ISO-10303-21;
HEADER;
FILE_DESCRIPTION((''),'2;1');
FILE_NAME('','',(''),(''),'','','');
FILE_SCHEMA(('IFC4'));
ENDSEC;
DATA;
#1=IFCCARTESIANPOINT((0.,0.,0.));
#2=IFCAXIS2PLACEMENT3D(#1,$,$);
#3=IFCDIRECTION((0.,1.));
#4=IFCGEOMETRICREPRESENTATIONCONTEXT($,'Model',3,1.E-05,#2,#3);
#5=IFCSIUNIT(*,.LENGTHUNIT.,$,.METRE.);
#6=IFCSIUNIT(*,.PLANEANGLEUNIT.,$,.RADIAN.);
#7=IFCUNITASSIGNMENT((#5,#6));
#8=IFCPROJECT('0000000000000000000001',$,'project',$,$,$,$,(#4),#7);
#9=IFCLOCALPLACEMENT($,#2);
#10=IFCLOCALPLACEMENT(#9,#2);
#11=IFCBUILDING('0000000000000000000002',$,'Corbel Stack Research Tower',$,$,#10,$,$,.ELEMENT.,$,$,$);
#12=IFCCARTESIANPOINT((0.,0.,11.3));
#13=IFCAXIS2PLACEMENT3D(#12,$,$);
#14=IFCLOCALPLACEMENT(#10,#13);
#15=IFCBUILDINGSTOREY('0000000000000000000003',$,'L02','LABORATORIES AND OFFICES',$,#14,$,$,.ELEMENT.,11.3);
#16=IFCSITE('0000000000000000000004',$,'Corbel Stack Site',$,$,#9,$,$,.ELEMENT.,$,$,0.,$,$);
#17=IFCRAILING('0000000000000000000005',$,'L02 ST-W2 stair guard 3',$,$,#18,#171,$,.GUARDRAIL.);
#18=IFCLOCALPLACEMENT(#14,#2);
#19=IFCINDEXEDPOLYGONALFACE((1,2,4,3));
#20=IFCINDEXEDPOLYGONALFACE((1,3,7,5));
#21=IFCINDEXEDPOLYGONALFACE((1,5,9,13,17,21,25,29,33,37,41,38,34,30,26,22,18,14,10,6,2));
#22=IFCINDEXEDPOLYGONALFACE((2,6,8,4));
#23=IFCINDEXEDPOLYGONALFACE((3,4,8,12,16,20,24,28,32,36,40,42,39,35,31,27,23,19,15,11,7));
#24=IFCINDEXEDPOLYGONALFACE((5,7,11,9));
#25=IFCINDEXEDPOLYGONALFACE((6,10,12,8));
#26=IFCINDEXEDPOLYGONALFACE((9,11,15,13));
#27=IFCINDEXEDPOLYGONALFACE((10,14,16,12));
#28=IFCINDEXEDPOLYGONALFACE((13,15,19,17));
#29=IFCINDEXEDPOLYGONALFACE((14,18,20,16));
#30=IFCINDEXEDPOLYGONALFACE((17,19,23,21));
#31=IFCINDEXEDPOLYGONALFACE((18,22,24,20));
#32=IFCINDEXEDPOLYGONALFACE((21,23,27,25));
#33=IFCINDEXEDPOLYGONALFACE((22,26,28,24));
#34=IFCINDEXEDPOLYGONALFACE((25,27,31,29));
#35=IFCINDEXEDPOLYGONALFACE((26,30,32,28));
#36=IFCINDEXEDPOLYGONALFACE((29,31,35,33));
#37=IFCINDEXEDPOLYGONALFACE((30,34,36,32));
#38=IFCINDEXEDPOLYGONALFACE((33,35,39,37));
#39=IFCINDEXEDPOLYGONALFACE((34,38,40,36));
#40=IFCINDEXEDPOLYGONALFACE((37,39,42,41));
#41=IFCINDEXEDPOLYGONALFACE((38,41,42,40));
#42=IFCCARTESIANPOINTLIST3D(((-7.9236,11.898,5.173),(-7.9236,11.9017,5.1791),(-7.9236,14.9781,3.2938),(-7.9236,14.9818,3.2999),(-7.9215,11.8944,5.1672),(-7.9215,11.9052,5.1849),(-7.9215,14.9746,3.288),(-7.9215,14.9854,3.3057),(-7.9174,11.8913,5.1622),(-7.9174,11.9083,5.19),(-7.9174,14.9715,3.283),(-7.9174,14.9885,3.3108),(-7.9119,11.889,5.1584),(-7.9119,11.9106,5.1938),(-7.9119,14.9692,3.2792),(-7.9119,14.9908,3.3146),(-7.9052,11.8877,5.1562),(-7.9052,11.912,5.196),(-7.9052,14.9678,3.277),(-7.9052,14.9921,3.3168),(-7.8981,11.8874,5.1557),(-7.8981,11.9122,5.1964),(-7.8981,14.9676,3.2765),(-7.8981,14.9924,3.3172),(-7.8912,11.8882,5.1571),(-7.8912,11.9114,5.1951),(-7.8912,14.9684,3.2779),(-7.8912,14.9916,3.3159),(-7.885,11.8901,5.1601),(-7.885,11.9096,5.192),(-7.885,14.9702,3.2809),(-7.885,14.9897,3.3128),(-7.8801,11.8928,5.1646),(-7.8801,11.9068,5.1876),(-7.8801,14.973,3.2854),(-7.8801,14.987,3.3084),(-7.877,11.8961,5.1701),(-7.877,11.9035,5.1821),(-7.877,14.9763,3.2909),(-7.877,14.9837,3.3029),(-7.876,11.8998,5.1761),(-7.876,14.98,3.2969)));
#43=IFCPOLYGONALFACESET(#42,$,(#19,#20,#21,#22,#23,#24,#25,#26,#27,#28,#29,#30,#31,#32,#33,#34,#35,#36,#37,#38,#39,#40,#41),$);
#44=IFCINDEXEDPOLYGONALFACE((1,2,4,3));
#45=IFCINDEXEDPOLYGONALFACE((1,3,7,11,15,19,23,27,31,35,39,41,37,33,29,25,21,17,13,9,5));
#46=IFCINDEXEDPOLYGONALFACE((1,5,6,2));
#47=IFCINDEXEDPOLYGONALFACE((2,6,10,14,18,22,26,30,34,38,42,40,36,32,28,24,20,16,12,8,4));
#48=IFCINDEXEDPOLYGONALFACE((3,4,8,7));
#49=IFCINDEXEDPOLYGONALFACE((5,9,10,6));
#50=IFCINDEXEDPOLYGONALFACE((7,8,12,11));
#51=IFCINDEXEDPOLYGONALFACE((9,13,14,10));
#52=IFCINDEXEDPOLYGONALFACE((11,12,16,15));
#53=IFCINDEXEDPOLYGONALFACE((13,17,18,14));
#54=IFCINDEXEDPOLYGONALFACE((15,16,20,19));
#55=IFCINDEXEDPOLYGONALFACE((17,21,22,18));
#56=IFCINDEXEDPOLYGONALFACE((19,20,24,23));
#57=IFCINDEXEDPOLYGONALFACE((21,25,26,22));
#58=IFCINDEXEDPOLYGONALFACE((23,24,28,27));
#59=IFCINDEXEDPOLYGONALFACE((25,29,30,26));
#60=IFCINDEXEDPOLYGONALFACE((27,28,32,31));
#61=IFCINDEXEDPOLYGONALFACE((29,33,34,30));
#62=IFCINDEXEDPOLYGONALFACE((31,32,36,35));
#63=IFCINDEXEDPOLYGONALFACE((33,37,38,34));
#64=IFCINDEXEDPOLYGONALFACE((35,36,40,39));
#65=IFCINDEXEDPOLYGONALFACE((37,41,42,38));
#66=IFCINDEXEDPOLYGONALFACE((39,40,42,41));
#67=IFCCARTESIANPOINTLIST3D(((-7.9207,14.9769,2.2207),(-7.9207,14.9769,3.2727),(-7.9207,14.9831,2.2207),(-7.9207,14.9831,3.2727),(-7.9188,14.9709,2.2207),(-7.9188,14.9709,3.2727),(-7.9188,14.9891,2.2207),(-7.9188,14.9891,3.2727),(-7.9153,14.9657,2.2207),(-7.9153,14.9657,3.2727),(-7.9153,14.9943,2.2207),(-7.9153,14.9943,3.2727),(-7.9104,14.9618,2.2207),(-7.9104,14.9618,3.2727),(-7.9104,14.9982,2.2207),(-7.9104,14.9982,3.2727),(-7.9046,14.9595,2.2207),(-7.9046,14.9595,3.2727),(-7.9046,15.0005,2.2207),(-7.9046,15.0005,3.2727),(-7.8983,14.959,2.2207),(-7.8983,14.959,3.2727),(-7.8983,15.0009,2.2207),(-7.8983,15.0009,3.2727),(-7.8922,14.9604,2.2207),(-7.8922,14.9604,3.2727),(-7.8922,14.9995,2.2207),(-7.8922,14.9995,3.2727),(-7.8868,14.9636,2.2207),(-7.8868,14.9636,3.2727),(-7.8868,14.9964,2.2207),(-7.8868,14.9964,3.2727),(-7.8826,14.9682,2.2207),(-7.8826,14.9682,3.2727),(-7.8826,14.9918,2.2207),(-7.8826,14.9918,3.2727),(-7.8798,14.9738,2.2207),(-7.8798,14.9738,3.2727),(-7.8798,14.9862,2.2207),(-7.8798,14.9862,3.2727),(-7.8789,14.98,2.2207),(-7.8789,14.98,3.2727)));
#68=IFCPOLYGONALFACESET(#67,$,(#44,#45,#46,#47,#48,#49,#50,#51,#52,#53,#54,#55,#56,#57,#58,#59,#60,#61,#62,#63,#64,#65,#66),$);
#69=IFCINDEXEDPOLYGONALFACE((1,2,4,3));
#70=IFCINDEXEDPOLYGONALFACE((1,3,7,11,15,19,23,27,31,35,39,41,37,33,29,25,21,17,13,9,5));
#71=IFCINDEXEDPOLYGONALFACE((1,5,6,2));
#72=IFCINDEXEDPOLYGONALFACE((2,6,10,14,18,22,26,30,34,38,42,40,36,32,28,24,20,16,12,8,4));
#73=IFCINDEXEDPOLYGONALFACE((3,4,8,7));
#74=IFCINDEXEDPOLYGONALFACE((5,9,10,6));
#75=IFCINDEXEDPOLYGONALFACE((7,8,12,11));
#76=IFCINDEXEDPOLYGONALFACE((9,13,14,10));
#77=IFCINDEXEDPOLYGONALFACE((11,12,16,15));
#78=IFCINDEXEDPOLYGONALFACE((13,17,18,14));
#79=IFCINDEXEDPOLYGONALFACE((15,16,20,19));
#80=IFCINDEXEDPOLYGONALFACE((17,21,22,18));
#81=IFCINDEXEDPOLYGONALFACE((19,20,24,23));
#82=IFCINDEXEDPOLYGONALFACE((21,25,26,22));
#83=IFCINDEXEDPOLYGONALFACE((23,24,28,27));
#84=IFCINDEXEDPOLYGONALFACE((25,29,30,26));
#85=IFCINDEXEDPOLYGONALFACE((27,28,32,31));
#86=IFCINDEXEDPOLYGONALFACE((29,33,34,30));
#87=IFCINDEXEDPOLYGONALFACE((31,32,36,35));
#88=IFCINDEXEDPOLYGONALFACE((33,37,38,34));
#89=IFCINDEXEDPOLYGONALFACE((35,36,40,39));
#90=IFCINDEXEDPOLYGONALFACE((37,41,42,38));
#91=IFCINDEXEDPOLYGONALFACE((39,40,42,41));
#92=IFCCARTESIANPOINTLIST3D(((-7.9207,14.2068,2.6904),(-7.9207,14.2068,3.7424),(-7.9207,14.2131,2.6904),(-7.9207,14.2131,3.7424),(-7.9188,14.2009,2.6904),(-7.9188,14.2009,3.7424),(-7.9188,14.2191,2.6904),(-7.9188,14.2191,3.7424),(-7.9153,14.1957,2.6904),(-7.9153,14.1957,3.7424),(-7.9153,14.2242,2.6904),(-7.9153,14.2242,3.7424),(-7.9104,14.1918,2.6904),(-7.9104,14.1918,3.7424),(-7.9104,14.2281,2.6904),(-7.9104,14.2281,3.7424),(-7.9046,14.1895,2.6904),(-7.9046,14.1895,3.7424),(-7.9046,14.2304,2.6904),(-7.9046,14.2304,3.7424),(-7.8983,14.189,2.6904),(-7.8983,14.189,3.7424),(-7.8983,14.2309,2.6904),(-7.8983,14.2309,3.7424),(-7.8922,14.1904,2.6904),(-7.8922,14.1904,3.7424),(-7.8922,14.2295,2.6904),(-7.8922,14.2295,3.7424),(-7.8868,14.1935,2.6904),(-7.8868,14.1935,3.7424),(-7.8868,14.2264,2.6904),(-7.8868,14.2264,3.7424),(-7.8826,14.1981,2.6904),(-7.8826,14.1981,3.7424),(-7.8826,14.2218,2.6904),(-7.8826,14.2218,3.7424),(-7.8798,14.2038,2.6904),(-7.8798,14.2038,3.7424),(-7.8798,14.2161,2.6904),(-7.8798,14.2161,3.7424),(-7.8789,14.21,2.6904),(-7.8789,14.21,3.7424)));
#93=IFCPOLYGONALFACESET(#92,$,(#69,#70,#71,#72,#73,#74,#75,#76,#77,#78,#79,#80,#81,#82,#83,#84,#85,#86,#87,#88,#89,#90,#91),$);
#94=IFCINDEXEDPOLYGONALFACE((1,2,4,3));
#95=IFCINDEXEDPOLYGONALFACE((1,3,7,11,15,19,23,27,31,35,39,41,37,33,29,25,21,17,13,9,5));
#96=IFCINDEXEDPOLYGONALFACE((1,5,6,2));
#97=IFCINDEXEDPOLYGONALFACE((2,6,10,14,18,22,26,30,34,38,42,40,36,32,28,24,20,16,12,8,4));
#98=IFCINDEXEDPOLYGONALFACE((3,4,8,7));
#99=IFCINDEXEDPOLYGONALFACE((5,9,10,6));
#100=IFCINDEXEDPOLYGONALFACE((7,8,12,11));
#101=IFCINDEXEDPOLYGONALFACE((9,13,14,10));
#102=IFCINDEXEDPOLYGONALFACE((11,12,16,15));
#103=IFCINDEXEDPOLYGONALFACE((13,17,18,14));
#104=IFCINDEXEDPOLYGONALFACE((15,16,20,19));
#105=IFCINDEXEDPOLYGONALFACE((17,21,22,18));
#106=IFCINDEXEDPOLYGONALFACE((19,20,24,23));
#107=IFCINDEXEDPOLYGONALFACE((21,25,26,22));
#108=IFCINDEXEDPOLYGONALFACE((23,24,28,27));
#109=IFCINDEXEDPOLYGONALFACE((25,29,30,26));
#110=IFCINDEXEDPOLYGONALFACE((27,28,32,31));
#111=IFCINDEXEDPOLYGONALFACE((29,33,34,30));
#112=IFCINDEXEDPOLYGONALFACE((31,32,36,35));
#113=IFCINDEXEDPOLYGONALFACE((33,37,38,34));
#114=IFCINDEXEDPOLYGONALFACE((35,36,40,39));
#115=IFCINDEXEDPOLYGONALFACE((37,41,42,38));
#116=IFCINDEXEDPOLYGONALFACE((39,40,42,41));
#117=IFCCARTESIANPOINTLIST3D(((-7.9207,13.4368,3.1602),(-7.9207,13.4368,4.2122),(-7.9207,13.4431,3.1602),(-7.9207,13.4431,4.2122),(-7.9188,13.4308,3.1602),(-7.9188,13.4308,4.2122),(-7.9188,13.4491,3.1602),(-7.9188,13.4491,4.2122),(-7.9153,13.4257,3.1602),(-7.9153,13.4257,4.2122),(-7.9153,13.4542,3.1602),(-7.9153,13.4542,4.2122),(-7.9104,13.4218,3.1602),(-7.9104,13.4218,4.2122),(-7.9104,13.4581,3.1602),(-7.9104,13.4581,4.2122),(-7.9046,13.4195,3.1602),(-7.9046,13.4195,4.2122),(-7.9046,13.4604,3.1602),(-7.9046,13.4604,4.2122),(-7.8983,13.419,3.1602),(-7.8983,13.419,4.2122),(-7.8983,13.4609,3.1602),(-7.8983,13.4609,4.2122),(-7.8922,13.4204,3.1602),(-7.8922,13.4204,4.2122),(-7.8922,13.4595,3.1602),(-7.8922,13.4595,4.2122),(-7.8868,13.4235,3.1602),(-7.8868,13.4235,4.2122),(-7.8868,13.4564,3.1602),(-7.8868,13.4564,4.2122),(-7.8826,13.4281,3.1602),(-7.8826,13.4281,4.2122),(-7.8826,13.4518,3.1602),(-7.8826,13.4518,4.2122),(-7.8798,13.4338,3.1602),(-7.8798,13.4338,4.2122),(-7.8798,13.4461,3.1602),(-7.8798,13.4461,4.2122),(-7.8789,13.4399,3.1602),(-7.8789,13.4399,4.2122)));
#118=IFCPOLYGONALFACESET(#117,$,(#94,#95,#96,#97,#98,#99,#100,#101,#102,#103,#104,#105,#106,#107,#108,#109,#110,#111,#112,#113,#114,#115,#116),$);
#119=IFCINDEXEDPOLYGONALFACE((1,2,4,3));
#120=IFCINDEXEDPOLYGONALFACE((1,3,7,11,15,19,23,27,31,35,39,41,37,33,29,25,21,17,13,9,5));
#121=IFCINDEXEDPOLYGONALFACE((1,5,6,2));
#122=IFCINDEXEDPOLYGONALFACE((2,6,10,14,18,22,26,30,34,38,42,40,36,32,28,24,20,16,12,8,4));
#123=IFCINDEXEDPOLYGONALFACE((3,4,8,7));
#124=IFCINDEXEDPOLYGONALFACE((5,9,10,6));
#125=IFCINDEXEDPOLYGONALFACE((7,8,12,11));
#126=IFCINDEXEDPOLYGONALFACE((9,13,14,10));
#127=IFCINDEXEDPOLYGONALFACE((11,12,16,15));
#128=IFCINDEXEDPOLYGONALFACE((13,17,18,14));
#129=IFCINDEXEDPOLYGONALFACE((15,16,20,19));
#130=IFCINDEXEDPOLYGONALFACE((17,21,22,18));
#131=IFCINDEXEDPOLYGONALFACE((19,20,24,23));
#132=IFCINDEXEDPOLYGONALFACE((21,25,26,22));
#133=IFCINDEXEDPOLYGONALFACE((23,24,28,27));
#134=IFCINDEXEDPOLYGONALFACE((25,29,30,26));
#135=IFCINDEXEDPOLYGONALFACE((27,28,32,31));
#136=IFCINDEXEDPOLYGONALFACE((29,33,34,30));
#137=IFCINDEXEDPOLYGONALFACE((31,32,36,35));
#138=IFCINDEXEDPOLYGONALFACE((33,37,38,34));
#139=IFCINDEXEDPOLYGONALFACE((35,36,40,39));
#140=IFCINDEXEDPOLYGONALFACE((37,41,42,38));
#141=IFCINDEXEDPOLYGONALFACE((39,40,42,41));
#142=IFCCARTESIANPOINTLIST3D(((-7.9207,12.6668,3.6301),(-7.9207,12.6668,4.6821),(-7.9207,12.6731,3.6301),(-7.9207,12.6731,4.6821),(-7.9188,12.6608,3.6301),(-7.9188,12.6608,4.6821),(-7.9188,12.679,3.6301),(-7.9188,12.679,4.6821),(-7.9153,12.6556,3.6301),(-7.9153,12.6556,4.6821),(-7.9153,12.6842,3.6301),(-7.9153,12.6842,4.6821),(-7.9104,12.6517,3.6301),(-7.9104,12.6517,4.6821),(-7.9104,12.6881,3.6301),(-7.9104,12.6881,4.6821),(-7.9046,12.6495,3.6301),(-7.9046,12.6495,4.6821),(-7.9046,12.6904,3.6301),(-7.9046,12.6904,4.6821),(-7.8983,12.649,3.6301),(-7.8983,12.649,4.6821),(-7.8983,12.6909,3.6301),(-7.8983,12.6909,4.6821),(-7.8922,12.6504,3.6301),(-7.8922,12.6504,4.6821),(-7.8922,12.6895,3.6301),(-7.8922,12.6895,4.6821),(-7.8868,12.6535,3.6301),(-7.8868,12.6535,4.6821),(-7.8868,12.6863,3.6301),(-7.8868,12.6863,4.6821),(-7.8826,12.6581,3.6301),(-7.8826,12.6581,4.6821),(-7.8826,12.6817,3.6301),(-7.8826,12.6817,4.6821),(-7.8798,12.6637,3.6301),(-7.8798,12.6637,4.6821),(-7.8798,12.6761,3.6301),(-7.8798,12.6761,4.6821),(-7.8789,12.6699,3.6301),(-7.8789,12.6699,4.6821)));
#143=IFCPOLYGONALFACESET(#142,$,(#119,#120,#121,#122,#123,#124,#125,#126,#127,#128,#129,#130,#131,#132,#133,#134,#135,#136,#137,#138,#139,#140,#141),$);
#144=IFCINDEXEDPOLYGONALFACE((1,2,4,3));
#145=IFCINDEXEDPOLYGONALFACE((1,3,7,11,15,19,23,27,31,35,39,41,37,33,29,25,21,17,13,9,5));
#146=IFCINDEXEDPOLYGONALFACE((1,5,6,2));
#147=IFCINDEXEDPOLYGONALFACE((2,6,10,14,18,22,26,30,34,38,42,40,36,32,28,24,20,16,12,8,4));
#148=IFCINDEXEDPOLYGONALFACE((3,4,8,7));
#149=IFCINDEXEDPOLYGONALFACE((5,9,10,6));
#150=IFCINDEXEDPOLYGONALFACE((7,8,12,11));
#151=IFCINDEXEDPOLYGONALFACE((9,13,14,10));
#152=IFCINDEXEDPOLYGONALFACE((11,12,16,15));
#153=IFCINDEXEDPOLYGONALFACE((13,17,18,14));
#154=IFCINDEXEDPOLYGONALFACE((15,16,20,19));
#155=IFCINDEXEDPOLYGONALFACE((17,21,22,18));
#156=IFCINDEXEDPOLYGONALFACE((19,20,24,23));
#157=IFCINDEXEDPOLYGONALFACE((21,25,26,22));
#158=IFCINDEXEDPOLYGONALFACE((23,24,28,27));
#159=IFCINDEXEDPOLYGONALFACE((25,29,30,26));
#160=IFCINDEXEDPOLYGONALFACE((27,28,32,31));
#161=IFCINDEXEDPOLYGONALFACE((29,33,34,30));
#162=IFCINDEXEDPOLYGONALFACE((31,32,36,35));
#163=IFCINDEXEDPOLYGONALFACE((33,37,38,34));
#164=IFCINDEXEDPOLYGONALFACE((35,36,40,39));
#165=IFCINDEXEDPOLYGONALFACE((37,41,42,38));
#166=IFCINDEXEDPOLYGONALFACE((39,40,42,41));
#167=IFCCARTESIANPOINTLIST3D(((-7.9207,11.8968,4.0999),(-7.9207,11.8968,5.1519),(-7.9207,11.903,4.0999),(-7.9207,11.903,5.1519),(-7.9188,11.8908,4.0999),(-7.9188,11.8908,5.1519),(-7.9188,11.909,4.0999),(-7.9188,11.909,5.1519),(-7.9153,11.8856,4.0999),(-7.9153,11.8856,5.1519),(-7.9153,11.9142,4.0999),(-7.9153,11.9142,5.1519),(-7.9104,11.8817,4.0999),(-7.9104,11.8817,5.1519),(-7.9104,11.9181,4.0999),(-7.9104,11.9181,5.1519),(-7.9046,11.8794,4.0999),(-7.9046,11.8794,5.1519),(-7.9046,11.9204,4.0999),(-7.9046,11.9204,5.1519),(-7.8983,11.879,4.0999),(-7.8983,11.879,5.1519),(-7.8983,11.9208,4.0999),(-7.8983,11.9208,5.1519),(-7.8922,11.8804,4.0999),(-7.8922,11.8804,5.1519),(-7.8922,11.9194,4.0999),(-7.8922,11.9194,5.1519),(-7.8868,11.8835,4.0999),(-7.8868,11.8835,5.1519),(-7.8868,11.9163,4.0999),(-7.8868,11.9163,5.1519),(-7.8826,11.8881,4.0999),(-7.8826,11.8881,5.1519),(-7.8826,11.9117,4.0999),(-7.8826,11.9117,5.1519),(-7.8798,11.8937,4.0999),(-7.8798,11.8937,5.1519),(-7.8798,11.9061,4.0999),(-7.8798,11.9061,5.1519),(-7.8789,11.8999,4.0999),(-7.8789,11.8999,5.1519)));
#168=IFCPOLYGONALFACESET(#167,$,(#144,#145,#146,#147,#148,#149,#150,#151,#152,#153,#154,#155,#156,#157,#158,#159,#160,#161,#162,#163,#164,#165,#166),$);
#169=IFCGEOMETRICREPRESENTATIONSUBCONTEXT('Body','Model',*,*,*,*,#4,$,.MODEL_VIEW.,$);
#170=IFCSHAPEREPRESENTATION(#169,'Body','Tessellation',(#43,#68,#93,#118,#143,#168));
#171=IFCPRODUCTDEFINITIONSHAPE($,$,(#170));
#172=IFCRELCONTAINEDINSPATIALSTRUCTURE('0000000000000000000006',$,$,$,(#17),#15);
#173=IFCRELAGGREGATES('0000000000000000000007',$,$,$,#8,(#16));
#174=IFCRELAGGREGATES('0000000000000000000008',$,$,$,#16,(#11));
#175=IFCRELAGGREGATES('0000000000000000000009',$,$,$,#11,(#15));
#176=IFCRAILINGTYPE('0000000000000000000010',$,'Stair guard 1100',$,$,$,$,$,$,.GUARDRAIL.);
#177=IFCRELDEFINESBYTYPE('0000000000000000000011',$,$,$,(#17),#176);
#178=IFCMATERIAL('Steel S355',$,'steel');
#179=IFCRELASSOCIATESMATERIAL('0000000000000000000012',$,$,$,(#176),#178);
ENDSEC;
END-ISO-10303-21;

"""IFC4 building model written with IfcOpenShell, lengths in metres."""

from ifc_helpers import new_model, si_unit, direction, frame, origin, origin_2d, place, context, subcontext, project, spatial, circle, extrude, material, type_object, element, save


model = new_model("IFC4")

# Units and contexts
model_context = context("Model", 3, precision=1e-05, world=origin(), true_north=direction((0.0, 1.0)))
body_context = subcontext(model_context, "Body", "Model", "MODEL_VIEW")
ifc_project = project(units=[si_unit("LENGTHUNIT", "METRE"), si_unit("PLANEANGLEUNIT", "RADIAN")], contexts=[model_context])

# Site, building, storey
site_placement = place(None, origin())
site = spatial("IfcSite", under=ifc_project, at=site_placement, Name="Corbel Stack Site", CompositionType="ELEMENT", RefElevation=0.0)
building_placement = place(site_placement, origin())
building = spatial("IfcBuilding", under=site, at=building_placement, Name="Corbel Stack Research Tower", CompositionType="ELEMENT")
storey_placement = place(building_placement, frame((0.0, 0.0, 11.3)))
storey = spatial("IfcBuildingStorey", under=building, at=storey_placement, Name="L02", Description="LABORATORIES AND OFFICES", CompositionType="ELEMENT", Elevation=11.3)

# Railing
ifc_material_1 = material(Name="Steel S355", Category="steel")
railing_type_1 = type_object("IfcRailingType", Name="Stair guard 1100", PredefinedType="GUARDRAIL", material=ifc_material_1)
railing_1_placement = place(storey_placement, frame((-7.8999, 14.98, 2.2207)))
element("IfcRailing", 1, at=railing_1_placement, inside=storey, type_object=railing_type_1, Name="L02 ST-W2 stair guard 3", PredefinedType="GUARDRAIL", context=body_context, shape_type="SweptSolid", body=[
    extrude(circle(Radius=0.0239, at=origin_2d()), frame((0.0, 0.0, 1.0762), z_axis=(0.0, -0.853666, 0.52082), x_axis=(1.0, 0.0, 0.0)), (0.0, 0.0, 1.0), 3.6082),
    extrude(circle(Radius=0.021, at=origin_2d()), origin(), (0.0, 0.0, 1.0), 1.052),
    extrude(circle(Radius=0.021, at=origin_2d()), frame((0.0, -0.77, 0.4697)), (0.0, 0.0, 1.0), 1.052),
    extrude(circle(Radius=0.021, at=origin_2d()), frame((0.0, -1.54, 0.9395)), (0.0, 0.0, 1.0), 1.052),
    extrude(circle(Radius=0.021, at=origin_2d()), frame((0.0, -2.3101, 1.4094)), (0.0, 0.0, 1.0), 1.052),
    extrude(circle(Radius=0.021, at=origin_2d()), frame((0.0, -3.0801, 1.8792)), (0.0, 0.0, 1.0), 1.052),
])

save(model, "model.ifc")
